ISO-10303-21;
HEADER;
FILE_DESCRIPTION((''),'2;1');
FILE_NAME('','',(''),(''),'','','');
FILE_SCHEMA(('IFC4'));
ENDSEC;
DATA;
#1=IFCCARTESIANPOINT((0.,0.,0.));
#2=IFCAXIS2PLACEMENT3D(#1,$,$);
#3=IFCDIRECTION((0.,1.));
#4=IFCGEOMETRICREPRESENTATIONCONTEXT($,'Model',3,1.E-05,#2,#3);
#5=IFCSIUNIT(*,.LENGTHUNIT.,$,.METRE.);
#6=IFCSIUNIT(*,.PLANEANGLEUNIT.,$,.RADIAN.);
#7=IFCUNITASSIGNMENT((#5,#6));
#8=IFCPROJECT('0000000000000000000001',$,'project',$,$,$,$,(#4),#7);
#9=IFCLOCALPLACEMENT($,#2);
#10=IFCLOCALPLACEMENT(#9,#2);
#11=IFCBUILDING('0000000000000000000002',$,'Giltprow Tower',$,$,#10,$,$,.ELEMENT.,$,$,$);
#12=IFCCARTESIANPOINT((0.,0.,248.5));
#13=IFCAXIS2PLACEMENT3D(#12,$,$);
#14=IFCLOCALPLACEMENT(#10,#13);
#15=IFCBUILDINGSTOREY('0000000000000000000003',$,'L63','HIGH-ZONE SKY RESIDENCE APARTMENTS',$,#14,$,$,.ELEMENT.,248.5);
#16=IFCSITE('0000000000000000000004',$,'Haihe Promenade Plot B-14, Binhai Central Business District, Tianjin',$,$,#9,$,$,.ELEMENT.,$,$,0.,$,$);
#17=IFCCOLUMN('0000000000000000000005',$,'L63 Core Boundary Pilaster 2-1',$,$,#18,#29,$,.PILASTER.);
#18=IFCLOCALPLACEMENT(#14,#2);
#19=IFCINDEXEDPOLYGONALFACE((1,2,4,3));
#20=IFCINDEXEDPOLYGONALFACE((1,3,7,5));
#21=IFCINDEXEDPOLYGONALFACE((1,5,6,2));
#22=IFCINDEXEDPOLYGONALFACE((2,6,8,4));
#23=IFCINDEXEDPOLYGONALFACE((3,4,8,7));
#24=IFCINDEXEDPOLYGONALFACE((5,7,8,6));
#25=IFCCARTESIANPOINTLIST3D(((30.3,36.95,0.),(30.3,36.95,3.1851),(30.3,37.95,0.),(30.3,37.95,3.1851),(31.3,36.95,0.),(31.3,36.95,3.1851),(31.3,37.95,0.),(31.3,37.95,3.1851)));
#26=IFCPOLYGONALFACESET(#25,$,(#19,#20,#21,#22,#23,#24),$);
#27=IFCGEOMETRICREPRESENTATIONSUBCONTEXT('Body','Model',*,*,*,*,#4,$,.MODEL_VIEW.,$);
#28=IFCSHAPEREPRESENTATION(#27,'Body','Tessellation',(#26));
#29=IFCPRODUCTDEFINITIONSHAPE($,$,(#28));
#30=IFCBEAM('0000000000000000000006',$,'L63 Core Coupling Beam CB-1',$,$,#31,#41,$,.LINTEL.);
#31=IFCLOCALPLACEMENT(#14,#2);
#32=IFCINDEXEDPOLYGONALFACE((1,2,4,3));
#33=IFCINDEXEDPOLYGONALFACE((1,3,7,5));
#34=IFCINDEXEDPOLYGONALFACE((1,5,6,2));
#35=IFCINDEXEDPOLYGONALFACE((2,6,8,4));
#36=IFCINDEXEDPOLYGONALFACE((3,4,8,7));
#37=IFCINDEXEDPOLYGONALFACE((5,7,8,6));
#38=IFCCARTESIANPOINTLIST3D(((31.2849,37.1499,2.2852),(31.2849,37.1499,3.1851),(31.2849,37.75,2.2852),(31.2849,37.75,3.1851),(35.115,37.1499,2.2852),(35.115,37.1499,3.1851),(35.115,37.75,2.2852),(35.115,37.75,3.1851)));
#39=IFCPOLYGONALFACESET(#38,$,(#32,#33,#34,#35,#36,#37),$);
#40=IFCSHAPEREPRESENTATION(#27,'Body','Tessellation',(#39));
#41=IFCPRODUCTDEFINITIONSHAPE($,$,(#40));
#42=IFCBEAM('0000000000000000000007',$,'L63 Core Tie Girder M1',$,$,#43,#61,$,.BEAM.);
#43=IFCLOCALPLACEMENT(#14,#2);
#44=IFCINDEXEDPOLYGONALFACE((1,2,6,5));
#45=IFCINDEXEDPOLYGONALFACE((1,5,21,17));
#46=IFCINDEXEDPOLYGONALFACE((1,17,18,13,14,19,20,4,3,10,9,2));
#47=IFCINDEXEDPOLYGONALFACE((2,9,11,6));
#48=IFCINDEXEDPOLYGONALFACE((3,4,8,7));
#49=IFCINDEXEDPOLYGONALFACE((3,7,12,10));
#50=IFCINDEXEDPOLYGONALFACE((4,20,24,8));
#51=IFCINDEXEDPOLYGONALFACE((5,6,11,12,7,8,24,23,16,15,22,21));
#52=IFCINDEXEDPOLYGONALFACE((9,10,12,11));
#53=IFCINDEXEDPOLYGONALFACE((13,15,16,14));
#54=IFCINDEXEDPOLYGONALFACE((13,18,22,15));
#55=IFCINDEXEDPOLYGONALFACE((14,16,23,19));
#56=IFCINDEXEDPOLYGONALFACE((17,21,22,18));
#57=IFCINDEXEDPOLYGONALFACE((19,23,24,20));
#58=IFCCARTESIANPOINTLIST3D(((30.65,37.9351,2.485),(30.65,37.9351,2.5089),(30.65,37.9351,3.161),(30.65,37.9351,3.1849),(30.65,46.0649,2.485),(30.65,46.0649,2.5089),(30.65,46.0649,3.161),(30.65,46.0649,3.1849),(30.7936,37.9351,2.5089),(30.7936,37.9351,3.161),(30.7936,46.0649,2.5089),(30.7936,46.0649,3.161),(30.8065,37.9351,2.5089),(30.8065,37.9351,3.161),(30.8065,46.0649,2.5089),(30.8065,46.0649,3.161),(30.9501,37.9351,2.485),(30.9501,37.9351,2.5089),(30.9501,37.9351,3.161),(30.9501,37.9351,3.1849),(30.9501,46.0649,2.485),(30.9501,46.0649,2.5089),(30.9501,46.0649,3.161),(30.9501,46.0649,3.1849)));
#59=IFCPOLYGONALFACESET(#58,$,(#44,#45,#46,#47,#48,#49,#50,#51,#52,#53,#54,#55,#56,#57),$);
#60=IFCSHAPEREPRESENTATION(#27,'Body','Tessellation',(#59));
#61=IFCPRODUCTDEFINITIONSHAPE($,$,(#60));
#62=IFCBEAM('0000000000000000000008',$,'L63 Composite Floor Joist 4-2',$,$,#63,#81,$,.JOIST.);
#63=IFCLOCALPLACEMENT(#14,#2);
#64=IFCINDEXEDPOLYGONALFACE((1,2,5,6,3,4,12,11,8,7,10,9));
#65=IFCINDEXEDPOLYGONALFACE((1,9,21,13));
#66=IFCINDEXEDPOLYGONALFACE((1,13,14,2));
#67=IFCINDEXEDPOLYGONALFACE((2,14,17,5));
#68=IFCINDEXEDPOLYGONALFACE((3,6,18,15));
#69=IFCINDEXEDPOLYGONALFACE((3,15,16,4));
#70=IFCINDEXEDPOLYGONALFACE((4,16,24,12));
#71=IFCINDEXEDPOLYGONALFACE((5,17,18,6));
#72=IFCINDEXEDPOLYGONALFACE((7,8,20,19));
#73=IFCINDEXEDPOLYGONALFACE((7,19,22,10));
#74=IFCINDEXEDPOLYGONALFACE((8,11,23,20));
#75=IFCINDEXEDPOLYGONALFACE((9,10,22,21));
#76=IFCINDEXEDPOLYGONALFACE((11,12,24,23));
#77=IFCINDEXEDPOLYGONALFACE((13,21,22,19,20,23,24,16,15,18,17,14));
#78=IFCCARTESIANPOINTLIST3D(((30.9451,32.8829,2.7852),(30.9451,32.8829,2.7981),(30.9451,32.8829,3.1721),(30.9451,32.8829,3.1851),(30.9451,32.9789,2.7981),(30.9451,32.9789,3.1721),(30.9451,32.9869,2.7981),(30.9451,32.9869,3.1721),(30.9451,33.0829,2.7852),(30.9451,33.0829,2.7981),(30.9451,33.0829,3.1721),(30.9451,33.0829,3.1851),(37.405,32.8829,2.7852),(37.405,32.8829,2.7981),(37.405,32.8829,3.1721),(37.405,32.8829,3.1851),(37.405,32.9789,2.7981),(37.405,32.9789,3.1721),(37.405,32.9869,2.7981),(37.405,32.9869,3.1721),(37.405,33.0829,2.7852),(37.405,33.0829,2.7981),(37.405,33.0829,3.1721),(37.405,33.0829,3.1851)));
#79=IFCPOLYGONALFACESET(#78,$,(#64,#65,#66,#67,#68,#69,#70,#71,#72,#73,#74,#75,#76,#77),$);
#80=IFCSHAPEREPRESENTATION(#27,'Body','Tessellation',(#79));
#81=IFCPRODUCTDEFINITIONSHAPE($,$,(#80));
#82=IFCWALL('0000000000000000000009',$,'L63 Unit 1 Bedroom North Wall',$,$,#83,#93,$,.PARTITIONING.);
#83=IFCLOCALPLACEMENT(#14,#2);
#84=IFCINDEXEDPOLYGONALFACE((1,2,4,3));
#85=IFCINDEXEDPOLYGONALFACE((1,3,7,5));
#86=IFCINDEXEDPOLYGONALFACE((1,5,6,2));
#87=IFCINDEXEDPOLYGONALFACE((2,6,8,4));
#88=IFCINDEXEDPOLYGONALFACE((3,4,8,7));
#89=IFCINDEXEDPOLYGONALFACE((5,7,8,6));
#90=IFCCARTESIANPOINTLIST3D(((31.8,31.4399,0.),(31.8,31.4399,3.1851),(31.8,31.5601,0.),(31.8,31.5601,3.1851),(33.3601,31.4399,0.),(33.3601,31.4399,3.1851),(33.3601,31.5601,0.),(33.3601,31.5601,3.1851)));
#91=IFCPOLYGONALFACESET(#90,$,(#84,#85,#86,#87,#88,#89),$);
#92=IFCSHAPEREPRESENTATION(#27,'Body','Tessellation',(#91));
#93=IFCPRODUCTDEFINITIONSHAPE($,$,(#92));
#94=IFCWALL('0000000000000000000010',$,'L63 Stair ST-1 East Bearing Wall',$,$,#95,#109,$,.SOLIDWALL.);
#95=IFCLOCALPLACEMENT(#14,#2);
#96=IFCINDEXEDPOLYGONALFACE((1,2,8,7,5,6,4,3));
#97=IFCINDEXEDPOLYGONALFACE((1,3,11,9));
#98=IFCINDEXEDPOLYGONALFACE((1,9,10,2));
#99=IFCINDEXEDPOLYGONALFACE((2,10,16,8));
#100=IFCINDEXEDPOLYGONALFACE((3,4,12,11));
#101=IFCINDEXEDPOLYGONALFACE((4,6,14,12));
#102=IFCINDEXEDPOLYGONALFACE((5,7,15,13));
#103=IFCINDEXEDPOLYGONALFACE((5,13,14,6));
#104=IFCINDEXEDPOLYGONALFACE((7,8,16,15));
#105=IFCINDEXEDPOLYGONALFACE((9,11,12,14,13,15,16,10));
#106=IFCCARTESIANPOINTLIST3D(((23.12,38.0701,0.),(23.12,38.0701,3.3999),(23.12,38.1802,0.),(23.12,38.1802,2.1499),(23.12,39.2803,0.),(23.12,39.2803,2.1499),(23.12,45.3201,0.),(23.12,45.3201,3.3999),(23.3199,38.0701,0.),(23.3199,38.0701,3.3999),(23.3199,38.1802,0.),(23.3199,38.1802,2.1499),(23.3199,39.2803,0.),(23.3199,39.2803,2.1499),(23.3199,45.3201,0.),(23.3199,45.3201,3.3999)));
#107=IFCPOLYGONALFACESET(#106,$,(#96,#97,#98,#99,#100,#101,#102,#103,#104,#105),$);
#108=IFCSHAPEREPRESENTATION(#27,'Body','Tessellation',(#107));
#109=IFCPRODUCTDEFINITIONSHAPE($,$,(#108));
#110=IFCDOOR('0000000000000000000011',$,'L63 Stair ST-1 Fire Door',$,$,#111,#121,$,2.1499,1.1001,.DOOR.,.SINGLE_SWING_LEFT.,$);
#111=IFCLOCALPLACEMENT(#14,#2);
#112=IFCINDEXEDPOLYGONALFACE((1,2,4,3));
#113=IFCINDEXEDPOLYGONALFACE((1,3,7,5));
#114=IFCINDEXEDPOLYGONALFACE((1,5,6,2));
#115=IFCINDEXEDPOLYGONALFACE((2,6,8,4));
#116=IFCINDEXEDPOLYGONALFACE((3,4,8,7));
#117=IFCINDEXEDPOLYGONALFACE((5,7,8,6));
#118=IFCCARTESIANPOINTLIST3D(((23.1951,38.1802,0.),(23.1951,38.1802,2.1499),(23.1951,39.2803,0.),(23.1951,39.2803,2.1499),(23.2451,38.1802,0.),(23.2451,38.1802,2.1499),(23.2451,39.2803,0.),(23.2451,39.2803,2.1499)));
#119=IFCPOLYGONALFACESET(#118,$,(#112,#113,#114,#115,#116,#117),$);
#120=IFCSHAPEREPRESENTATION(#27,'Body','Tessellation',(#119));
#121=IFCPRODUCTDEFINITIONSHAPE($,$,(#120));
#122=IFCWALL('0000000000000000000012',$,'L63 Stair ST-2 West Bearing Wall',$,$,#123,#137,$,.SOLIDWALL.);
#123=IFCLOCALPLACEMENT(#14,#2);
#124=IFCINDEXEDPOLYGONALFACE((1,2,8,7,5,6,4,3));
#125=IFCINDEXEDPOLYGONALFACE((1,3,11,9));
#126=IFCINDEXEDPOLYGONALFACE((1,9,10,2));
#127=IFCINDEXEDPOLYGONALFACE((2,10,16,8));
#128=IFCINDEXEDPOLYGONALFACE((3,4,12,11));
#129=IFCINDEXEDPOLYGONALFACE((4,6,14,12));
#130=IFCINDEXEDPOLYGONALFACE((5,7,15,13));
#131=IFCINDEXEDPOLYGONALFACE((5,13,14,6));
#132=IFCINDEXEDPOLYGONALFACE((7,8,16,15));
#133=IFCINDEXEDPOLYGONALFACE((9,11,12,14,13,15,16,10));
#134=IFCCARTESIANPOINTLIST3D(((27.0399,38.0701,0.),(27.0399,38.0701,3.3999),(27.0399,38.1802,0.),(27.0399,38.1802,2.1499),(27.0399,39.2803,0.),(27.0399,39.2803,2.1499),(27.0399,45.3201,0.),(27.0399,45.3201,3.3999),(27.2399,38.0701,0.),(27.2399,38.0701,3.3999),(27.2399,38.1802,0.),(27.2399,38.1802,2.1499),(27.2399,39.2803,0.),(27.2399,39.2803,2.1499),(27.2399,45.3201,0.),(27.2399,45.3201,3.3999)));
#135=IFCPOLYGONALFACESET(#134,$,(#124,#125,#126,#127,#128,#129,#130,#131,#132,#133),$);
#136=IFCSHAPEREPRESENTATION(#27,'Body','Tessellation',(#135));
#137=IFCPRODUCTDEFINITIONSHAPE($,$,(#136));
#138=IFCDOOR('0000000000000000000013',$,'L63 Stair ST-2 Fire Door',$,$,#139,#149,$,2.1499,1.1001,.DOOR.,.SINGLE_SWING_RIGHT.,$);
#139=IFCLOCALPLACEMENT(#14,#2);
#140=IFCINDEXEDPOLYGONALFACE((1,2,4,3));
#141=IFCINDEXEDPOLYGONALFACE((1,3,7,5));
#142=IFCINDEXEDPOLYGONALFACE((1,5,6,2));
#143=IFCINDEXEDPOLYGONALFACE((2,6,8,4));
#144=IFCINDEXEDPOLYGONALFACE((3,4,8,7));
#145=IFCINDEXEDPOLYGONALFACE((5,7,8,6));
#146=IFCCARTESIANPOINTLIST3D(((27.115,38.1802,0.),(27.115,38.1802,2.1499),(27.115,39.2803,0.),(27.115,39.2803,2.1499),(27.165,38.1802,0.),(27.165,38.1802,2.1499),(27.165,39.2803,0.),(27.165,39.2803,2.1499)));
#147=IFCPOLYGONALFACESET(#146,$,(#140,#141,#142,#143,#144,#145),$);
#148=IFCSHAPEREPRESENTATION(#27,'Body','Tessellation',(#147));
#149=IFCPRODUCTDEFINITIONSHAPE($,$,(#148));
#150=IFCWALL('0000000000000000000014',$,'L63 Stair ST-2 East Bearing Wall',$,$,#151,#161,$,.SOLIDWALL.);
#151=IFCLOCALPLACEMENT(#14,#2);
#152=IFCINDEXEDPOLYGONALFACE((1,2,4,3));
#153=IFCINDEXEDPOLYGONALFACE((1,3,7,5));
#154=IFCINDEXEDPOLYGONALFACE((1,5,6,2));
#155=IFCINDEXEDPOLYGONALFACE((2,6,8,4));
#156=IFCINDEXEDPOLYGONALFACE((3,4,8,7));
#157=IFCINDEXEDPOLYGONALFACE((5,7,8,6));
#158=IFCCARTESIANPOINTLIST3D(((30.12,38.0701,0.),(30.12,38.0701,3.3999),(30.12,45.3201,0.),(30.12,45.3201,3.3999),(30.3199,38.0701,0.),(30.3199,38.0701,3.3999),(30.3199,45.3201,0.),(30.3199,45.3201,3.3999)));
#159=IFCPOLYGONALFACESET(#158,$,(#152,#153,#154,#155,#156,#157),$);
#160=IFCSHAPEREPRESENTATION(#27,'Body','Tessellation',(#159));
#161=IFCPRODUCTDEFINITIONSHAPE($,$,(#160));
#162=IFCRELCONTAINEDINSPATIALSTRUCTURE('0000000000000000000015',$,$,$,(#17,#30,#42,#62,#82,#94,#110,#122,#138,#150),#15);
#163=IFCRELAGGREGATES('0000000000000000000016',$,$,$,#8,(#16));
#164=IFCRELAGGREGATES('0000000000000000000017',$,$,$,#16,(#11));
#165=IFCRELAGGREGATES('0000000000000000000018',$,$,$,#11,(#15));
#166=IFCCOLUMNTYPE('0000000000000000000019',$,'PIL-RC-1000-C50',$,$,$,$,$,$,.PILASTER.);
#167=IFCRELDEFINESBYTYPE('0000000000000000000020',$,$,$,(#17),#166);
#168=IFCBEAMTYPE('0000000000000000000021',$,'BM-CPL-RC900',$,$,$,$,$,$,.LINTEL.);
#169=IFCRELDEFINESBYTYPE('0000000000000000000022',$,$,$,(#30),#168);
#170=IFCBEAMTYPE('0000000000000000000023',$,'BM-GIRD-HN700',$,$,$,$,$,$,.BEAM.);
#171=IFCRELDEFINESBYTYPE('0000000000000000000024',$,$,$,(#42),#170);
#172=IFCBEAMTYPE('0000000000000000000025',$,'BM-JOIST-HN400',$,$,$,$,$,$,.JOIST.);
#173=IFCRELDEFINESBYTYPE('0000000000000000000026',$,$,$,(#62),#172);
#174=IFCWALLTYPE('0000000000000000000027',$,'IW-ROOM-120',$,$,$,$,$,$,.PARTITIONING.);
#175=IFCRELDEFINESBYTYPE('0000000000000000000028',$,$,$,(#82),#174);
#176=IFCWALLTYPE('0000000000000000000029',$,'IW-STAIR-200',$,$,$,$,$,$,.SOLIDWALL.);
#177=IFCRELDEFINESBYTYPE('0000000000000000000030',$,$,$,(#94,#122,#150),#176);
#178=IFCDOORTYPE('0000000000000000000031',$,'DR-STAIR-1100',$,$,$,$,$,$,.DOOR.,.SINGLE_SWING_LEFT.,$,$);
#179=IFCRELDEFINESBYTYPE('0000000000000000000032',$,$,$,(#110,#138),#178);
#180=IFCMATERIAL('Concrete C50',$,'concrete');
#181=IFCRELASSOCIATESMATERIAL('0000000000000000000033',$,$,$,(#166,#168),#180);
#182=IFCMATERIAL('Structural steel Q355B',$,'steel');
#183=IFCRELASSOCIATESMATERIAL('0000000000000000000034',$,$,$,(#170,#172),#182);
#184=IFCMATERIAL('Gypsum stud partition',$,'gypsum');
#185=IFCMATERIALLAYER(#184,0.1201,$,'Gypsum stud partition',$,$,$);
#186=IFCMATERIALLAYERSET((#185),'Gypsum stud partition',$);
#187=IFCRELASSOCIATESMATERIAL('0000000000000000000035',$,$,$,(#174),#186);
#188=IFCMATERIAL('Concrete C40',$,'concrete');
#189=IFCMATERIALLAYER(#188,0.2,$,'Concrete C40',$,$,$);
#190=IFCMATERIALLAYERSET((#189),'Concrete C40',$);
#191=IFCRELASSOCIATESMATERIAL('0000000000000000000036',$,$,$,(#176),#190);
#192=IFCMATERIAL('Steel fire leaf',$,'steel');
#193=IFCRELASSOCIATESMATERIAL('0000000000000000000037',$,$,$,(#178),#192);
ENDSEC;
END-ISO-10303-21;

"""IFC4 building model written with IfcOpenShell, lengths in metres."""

from ifc_helpers import new_model, si_unit, direction, frame, frame_2d, origin, origin_2d, place, context, subcontext, project, spatial, rectangle, i_section, extrude, source, transform, mapped, material, layer, layer_set, material_profile, profile_set, type_object, element, fill, save


model = new_model("IFC4")

# Units and contexts
model_context = context("Model", 3, precision=1e-05, world=origin(), true_north=direction((0.0, 1.0)))
body_context = subcontext(model_context, "Body", "Model", "MODEL_VIEW")
ifc_project = project(units=[si_unit("LENGTHUNIT", "METRE"), si_unit("PLANEANGLEUNIT", "RADIAN")], contexts=[model_context])

# Site, building, storey
site_placement = place(None, origin())
site = spatial("IfcSite", under=ifc_project, at=site_placement, Name="Haihe Promenade Plot B-14, Binhai Central Business District, Tianjin", CompositionType="ELEMENT", RefElevation=0.0)
building_placement = place(site_placement, origin())
building = spatial("IfcBuilding", under=site, at=building_placement, Name="Giltprow Tower", CompositionType="ELEMENT")
storey_placement = place(building_placement, frame((0.0, 0.0, 248.5)))
storey = spatial("IfcBuildingStorey", under=building, at=storey_placement, Name="L63", Description="HIGH-ZONE SKY RESIDENCE APARTMENTS", CompositionType="ELEMENT", Elevation=248.5)

# Column
ifc_material_1 = material(Name="Concrete C50", Category="concrete")
ifc_material_profile_1 = material_profile(ifc_material_1, rectangle(XDim=1.0, YDim=1.0, at=origin_2d()), Name="RC 1000x1000")
ifc_profile_set_1 = profile_set([ifc_material_profile_1], Name="Concrete C50")
column_type = type_object("IfcColumnType", Name="PIL-RC-1000-C50", PredefinedType="PILASTER", material=ifc_profile_set_1)
shared_shape_1 = source(origin(), body_context, "Body", "SweptSolid", [
    extrude(rectangle(XDim=1.0, YDim=1.0, at=origin_2d()), origin(), (0.0, 0.0, 1.0), 3.1851),
])
column_placement = place(storey_placement, frame((30.8, 37.45, 0.0), z_axis=(0.0, 0.0, 1.0), x_axis=(1.0, 0.0, 0.0)))
element("IfcColumn", 1, at=column_placement, inside=storey, type_object=column_type, Name="L63 Core Boundary Pilaster 2-1", PredefinedType="PILASTER", context=body_context, shape_type="MappedRepresentation", body=[
    mapped(shared_shape_1, transform((0.0, 0.0, 0.0), x_axis=(1.0, 0.0, 0.0), y_axis=(0.0, 1.0, 0.0), z_axis=(0.0, 0.0, 1.0), scale=1.0)),
])

# Beams
ifc_material_profile_2 = material_profile(ifc_material_1, rectangle(XDim=0.6001, YDim=0.8999, at=origin_2d()), Name="RC 900x600")
ifc_profile_set_2 = profile_set([ifc_material_profile_2], Name="Concrete C50")
beam_type_1 = type_object("IfcBeamType", Name="BM-CPL-RC900", PredefinedType="LINTEL", material=ifc_profile_set_2)
shared_shape_2 = source(origin(), body_context, "Body", "SweptSolid", [
    extrude(rectangle(XDim=0.6001, YDim=0.8999, at=origin_2d()), origin(), (0.0, 0.0, 1.0), 3.8301),
])
beam_1_placement = place(storey_placement, frame((31.2849, 37.45, 2.7351), z_axis=(1.0, 0.0, 0.0), x_axis=(0.0, 1.0, 0.0)))
element("IfcBeam", 2, at=beam_1_placement, inside=storey, type_object=beam_type_1, Name="L63 Core Coupling Beam CB-1", PredefinedType="LINTEL", context=body_context, shape_type="MappedRepresentation", body=[
    mapped(shared_shape_2, transform((0.0, 0.0, 0.0), x_axis=(1.0, 0.0, 0.0), y_axis=(0.0, 1.0, 0.0), z_axis=(0.0, 0.0, 1.0), scale=1.0)),
])
ifc_material_2 = material(Name="Structural steel Q355B", Category="steel")
ifc_material_profile_3 = material_profile(ifc_material_2, i_section(OverallWidth=0.3, OverallDepth=0.7, WebThickness=0.0129, FlangeThickness=0.0239, at=origin_2d()), Name="HN 700x300x13x24")
ifc_profile_set_3 = profile_set([ifc_material_profile_3], Name="Structural steel Q355B")
beam_type_2 = type_object("IfcBeamType", Name="BM-GIRD-HN700", PredefinedType="BEAM", material=ifc_profile_set_3)
shared_shape_3 = source(origin(), body_context, "Body", "SweptSolid", [
    extrude(i_section(OverallWidth=0.3, OverallDepth=0.7, WebThickness=0.0129, FlangeThickness=0.0239, at=origin_2d()), origin(), (0.0, 0.0, 1.0), 8.1299),
])
beam_2_placement = place(storey_placement, frame((30.8, 37.9351, 2.835), z_axis=(0.0, 1.0, 0.0), x_axis=(-1.0, 0.0, 0.0)))
element("IfcBeam", 3, at=beam_2_placement, inside=storey, type_object=beam_type_2, Name="L63 Core Tie Girder M1", PredefinedType="BEAM", context=body_context, shape_type="MappedRepresentation", body=[
    mapped(shared_shape_3, transform((0.0, 0.0, 0.0), x_axis=(1.0, 0.0, 0.0), y_axis=(0.0, 1.0, 0.0), z_axis=(0.0, 0.0, 1.0), scale=1.0)),
])
ifc_material_profile_4 = material_profile(ifc_material_2, i_section(OverallWidth=0.2, OverallDepth=0.3999, WebThickness=0.0081, FlangeThickness=0.0129, at=origin_2d()), Name="HN 400x200x8x13")
ifc_profile_set_4 = profile_set([ifc_material_profile_4], Name="Structural steel Q355B")
beam_type_3 = type_object("IfcBeamType", Name="BM-JOIST-HN400", PredefinedType="JOIST", material=ifc_profile_set_4)
shared_shape_4 = source(origin(), body_context, "Body", "SweptSolid", [
    extrude(i_section(OverallWidth=0.2, OverallDepth=0.3999, WebThickness=0.0081, FlangeThickness=0.0129, at=origin_2d()), origin(), (0.0, 0.0, 1.0), 6.46),
])
beam_3_placement = place(storey_placement, frame((30.9451, 32.9829, 2.9851), z_axis=(1.0, 0.0, 0.0), x_axis=(0.0, 1.0, 0.0)))
element("IfcBeam", 4, at=beam_3_placement, inside=storey, type_object=beam_type_3, Name="L63 Composite Floor Joist 4-2", PredefinedType="JOIST", context=body_context, shape_type="MappedRepresentation", body=[
    mapped(shared_shape_4, transform((0.0, 0.0, 0.0), x_axis=(1.0, 0.0, 0.0), y_axis=(0.0, 1.0, 0.0), z_axis=(0.0, 0.0, 1.0), scale=1.0)),
])

# Wall
ifc_material_3 = material(Name="Gypsum stud partition", Category="gypsum")
ifc_layer_1 = layer(ifc_material_3, 0.1201, Name="Gypsum stud partition")
ifc_layer_set_1 = layer_set([ifc_layer_1], Name="Gypsum stud partition")
wall_type_1 = type_object("IfcWallType", Name="IW-ROOM-120", PredefinedType="PARTITIONING", material=ifc_layer_set_1)
wall_1_placement = place(storey_placement, frame((31.8, 31.5, 0.0), z_axis=(0.0, 0.0, 1.0), x_axis=(1.0, 0.0, 0.0)))
element("IfcWall", 5, at=wall_1_placement, inside=storey, type_object=wall_type_1, Name="L63 Unit 1 Bedroom North Wall", PredefinedType="PARTITIONING", context=body_context, shape_type="SweptSolid", body=[
    extrude(rectangle(XDim=1.5601, YDim=0.1201, at=frame_2d((0.78, 0.0))), origin(), (0.0, 0.0, 1.0), 3.1851),
])

# Walls, openings, doors
ifc_material_4 = material(Name="Concrete C40", Category="concrete")
ifc_layer_2 = layer(ifc_material_4, 0.2, Name="Concrete C40")
ifc_layer_set_2 = layer_set([ifc_layer_2], Name="Concrete C40")
wall_type_2 = type_object("IfcWallType", Name="IW-STAIR-200", PredefinedType="SOLIDWALL", material=ifc_layer_set_2)
wall_2_placement = place(storey_placement, frame((23.22, 38.0701, 0.0), z_axis=(0.0, 0.0, 1.0), x_axis=(0.0, 1.0, 0.0)))
wall_2 = element("IfcWall", 6, at=wall_2_placement, inside=storey, type_object=wall_type_2, Name="L63 Stair ST-1 East Bearing Wall", PredefinedType="SOLIDWALL", context=body_context, shape_type="SweptSolid", body=[
    extrude(rectangle(XDim=7.25, YDim=0.2, at=frame_2d((3.625, 0.0))), origin(), (0.0, 0.0, 1.0), 3.3999),
])
opening_1_placement = place(wall_2_placement, frame((0.1101, 0.0, 0.0)))
opening_1 = element("IfcOpeningElement", 7, at=opening_1_placement, cuts=wall_2, PredefinedType="OPENING", context=body_context, shape_type="SweptSolid", body=[
    extrude(rectangle(XDim=1.1001, YDim=2.1499, at=frame_2d((0.55, 1.075))), frame((0.0, 0.1099, 0.0), z_axis=(0.0, -1.0, 0.0), x_axis=(1.0, 0.0, 0.0)), (0.0, 0.0, 1.0), 0.22),
])
ifc_material_5 = material(Name="Steel fire leaf", Category="steel")
door_type_1 = type_object("IfcDoorType", Name="DR-STAIR-1100", OperationType="SINGLE_SWING_LEFT", PredefinedType="DOOR", material=ifc_material_5)
shared_shape_5 = source(origin(), body_context, "Body", "SweptSolid", [
    extrude(rectangle(XDim=1.1001, YDim=2.1499, at=frame_2d((0.55, 1.075))), frame((0.0, 0.0249, 0.0), z_axis=(0.0, -1.0, 0.0), x_axis=(1.0, 0.0, 0.0)), (0.0, 0.0, 1.0), 0.05),
])
door_1_placement = place(opening_1_placement, origin())
door_1 = element("IfcDoor", 8, at=door_1_placement, inside=storey, type_object=door_type_1, Name="L63 Stair ST-1 Fire Door", OperationType="SINGLE_SWING_LEFT", OverallHeight=2.1499, OverallWidth=1.1001, PredefinedType="DOOR", context=body_context, shape_type="MappedRepresentation", body=[
    mapped(shared_shape_5, transform((0.0, 0.0, 0.0), x_axis=(1.0, 0.0, 0.0), y_axis=(0.0, 1.0, 0.0), z_axis=(0.0, 0.0, 1.0), scale=1.0)),
])
fill(opening_1, door_1)
wall_3_placement = place(storey_placement, frame((27.1399, 38.0701, 0.0), z_axis=(0.0, 0.0, 1.0), x_axis=(0.0, 1.0, 0.0)))
wall_3 = element("IfcWall", 9, at=wall_3_placement, inside=storey, type_object=wall_type_2, Name="L63 Stair ST-2 West Bearing Wall", PredefinedType="SOLIDWALL", context=body_context, shape_type="SweptSolid", body=[
    extrude(rectangle(XDim=7.25, YDim=0.2, at=frame_2d((3.625, 0.0))), origin(), (0.0, 0.0, 1.0), 3.3999),
])
opening_2_placement = place(wall_3_placement, frame((0.1101, 0.0, 0.0)))
opening_2 = element("IfcOpeningElement", 10, at=opening_2_placement, cuts=wall_3, PredefinedType="OPENING", context=body_context, shape_type="SweptSolid", body=[
    extrude(rectangle(XDim=1.1001, YDim=2.1499, at=frame_2d((0.55, 1.075))), frame((0.0, 0.1099, 0.0), z_axis=(0.0, -1.0, 0.0), x_axis=(1.0, 0.0, 0.0)), (0.0, 0.0, 1.0), 0.22),
])
door_2_placement = place(opening_2_placement, origin())
door_2 = element("IfcDoor", 11, at=door_2_placement, inside=storey, type_object=door_type_1, Name="L63 Stair ST-2 Fire Door", OperationType="SINGLE_SWING_RIGHT", OverallHeight=2.1499, OverallWidth=1.1001, PredefinedType="DOOR", context=body_context, shape_type="MappedRepresentation", body=[
    mapped(shared_shape_5, transform((0.0, 0.0, 0.0), x_axis=(1.0, 0.0, 0.0), y_axis=(0.0, 1.0, 0.0), z_axis=(0.0, 0.0, 1.0), scale=1.0)),
])
fill(opening_2, door_2)

# Wall
wall_4_placement = place(storey_placement, frame((30.22, 38.0701, 0.0), z_axis=(0.0, 0.0, 1.0), x_axis=(0.0, 1.0, 0.0)))
element("IfcWall", 12, at=wall_4_placement, inside=storey, type_object=wall_type_2, Name="L63 Stair ST-2 East Bearing Wall", PredefinedType="SOLIDWALL", context=body_context, shape_type="SweptSolid", body=[
    extrude(rectangle(XDim=7.25, YDim=0.2, at=frame_2d((3.625, 0.0))), origin(), (0.0, 0.0, 1.0), 3.3999),
])

save(model, "model.ifc")
